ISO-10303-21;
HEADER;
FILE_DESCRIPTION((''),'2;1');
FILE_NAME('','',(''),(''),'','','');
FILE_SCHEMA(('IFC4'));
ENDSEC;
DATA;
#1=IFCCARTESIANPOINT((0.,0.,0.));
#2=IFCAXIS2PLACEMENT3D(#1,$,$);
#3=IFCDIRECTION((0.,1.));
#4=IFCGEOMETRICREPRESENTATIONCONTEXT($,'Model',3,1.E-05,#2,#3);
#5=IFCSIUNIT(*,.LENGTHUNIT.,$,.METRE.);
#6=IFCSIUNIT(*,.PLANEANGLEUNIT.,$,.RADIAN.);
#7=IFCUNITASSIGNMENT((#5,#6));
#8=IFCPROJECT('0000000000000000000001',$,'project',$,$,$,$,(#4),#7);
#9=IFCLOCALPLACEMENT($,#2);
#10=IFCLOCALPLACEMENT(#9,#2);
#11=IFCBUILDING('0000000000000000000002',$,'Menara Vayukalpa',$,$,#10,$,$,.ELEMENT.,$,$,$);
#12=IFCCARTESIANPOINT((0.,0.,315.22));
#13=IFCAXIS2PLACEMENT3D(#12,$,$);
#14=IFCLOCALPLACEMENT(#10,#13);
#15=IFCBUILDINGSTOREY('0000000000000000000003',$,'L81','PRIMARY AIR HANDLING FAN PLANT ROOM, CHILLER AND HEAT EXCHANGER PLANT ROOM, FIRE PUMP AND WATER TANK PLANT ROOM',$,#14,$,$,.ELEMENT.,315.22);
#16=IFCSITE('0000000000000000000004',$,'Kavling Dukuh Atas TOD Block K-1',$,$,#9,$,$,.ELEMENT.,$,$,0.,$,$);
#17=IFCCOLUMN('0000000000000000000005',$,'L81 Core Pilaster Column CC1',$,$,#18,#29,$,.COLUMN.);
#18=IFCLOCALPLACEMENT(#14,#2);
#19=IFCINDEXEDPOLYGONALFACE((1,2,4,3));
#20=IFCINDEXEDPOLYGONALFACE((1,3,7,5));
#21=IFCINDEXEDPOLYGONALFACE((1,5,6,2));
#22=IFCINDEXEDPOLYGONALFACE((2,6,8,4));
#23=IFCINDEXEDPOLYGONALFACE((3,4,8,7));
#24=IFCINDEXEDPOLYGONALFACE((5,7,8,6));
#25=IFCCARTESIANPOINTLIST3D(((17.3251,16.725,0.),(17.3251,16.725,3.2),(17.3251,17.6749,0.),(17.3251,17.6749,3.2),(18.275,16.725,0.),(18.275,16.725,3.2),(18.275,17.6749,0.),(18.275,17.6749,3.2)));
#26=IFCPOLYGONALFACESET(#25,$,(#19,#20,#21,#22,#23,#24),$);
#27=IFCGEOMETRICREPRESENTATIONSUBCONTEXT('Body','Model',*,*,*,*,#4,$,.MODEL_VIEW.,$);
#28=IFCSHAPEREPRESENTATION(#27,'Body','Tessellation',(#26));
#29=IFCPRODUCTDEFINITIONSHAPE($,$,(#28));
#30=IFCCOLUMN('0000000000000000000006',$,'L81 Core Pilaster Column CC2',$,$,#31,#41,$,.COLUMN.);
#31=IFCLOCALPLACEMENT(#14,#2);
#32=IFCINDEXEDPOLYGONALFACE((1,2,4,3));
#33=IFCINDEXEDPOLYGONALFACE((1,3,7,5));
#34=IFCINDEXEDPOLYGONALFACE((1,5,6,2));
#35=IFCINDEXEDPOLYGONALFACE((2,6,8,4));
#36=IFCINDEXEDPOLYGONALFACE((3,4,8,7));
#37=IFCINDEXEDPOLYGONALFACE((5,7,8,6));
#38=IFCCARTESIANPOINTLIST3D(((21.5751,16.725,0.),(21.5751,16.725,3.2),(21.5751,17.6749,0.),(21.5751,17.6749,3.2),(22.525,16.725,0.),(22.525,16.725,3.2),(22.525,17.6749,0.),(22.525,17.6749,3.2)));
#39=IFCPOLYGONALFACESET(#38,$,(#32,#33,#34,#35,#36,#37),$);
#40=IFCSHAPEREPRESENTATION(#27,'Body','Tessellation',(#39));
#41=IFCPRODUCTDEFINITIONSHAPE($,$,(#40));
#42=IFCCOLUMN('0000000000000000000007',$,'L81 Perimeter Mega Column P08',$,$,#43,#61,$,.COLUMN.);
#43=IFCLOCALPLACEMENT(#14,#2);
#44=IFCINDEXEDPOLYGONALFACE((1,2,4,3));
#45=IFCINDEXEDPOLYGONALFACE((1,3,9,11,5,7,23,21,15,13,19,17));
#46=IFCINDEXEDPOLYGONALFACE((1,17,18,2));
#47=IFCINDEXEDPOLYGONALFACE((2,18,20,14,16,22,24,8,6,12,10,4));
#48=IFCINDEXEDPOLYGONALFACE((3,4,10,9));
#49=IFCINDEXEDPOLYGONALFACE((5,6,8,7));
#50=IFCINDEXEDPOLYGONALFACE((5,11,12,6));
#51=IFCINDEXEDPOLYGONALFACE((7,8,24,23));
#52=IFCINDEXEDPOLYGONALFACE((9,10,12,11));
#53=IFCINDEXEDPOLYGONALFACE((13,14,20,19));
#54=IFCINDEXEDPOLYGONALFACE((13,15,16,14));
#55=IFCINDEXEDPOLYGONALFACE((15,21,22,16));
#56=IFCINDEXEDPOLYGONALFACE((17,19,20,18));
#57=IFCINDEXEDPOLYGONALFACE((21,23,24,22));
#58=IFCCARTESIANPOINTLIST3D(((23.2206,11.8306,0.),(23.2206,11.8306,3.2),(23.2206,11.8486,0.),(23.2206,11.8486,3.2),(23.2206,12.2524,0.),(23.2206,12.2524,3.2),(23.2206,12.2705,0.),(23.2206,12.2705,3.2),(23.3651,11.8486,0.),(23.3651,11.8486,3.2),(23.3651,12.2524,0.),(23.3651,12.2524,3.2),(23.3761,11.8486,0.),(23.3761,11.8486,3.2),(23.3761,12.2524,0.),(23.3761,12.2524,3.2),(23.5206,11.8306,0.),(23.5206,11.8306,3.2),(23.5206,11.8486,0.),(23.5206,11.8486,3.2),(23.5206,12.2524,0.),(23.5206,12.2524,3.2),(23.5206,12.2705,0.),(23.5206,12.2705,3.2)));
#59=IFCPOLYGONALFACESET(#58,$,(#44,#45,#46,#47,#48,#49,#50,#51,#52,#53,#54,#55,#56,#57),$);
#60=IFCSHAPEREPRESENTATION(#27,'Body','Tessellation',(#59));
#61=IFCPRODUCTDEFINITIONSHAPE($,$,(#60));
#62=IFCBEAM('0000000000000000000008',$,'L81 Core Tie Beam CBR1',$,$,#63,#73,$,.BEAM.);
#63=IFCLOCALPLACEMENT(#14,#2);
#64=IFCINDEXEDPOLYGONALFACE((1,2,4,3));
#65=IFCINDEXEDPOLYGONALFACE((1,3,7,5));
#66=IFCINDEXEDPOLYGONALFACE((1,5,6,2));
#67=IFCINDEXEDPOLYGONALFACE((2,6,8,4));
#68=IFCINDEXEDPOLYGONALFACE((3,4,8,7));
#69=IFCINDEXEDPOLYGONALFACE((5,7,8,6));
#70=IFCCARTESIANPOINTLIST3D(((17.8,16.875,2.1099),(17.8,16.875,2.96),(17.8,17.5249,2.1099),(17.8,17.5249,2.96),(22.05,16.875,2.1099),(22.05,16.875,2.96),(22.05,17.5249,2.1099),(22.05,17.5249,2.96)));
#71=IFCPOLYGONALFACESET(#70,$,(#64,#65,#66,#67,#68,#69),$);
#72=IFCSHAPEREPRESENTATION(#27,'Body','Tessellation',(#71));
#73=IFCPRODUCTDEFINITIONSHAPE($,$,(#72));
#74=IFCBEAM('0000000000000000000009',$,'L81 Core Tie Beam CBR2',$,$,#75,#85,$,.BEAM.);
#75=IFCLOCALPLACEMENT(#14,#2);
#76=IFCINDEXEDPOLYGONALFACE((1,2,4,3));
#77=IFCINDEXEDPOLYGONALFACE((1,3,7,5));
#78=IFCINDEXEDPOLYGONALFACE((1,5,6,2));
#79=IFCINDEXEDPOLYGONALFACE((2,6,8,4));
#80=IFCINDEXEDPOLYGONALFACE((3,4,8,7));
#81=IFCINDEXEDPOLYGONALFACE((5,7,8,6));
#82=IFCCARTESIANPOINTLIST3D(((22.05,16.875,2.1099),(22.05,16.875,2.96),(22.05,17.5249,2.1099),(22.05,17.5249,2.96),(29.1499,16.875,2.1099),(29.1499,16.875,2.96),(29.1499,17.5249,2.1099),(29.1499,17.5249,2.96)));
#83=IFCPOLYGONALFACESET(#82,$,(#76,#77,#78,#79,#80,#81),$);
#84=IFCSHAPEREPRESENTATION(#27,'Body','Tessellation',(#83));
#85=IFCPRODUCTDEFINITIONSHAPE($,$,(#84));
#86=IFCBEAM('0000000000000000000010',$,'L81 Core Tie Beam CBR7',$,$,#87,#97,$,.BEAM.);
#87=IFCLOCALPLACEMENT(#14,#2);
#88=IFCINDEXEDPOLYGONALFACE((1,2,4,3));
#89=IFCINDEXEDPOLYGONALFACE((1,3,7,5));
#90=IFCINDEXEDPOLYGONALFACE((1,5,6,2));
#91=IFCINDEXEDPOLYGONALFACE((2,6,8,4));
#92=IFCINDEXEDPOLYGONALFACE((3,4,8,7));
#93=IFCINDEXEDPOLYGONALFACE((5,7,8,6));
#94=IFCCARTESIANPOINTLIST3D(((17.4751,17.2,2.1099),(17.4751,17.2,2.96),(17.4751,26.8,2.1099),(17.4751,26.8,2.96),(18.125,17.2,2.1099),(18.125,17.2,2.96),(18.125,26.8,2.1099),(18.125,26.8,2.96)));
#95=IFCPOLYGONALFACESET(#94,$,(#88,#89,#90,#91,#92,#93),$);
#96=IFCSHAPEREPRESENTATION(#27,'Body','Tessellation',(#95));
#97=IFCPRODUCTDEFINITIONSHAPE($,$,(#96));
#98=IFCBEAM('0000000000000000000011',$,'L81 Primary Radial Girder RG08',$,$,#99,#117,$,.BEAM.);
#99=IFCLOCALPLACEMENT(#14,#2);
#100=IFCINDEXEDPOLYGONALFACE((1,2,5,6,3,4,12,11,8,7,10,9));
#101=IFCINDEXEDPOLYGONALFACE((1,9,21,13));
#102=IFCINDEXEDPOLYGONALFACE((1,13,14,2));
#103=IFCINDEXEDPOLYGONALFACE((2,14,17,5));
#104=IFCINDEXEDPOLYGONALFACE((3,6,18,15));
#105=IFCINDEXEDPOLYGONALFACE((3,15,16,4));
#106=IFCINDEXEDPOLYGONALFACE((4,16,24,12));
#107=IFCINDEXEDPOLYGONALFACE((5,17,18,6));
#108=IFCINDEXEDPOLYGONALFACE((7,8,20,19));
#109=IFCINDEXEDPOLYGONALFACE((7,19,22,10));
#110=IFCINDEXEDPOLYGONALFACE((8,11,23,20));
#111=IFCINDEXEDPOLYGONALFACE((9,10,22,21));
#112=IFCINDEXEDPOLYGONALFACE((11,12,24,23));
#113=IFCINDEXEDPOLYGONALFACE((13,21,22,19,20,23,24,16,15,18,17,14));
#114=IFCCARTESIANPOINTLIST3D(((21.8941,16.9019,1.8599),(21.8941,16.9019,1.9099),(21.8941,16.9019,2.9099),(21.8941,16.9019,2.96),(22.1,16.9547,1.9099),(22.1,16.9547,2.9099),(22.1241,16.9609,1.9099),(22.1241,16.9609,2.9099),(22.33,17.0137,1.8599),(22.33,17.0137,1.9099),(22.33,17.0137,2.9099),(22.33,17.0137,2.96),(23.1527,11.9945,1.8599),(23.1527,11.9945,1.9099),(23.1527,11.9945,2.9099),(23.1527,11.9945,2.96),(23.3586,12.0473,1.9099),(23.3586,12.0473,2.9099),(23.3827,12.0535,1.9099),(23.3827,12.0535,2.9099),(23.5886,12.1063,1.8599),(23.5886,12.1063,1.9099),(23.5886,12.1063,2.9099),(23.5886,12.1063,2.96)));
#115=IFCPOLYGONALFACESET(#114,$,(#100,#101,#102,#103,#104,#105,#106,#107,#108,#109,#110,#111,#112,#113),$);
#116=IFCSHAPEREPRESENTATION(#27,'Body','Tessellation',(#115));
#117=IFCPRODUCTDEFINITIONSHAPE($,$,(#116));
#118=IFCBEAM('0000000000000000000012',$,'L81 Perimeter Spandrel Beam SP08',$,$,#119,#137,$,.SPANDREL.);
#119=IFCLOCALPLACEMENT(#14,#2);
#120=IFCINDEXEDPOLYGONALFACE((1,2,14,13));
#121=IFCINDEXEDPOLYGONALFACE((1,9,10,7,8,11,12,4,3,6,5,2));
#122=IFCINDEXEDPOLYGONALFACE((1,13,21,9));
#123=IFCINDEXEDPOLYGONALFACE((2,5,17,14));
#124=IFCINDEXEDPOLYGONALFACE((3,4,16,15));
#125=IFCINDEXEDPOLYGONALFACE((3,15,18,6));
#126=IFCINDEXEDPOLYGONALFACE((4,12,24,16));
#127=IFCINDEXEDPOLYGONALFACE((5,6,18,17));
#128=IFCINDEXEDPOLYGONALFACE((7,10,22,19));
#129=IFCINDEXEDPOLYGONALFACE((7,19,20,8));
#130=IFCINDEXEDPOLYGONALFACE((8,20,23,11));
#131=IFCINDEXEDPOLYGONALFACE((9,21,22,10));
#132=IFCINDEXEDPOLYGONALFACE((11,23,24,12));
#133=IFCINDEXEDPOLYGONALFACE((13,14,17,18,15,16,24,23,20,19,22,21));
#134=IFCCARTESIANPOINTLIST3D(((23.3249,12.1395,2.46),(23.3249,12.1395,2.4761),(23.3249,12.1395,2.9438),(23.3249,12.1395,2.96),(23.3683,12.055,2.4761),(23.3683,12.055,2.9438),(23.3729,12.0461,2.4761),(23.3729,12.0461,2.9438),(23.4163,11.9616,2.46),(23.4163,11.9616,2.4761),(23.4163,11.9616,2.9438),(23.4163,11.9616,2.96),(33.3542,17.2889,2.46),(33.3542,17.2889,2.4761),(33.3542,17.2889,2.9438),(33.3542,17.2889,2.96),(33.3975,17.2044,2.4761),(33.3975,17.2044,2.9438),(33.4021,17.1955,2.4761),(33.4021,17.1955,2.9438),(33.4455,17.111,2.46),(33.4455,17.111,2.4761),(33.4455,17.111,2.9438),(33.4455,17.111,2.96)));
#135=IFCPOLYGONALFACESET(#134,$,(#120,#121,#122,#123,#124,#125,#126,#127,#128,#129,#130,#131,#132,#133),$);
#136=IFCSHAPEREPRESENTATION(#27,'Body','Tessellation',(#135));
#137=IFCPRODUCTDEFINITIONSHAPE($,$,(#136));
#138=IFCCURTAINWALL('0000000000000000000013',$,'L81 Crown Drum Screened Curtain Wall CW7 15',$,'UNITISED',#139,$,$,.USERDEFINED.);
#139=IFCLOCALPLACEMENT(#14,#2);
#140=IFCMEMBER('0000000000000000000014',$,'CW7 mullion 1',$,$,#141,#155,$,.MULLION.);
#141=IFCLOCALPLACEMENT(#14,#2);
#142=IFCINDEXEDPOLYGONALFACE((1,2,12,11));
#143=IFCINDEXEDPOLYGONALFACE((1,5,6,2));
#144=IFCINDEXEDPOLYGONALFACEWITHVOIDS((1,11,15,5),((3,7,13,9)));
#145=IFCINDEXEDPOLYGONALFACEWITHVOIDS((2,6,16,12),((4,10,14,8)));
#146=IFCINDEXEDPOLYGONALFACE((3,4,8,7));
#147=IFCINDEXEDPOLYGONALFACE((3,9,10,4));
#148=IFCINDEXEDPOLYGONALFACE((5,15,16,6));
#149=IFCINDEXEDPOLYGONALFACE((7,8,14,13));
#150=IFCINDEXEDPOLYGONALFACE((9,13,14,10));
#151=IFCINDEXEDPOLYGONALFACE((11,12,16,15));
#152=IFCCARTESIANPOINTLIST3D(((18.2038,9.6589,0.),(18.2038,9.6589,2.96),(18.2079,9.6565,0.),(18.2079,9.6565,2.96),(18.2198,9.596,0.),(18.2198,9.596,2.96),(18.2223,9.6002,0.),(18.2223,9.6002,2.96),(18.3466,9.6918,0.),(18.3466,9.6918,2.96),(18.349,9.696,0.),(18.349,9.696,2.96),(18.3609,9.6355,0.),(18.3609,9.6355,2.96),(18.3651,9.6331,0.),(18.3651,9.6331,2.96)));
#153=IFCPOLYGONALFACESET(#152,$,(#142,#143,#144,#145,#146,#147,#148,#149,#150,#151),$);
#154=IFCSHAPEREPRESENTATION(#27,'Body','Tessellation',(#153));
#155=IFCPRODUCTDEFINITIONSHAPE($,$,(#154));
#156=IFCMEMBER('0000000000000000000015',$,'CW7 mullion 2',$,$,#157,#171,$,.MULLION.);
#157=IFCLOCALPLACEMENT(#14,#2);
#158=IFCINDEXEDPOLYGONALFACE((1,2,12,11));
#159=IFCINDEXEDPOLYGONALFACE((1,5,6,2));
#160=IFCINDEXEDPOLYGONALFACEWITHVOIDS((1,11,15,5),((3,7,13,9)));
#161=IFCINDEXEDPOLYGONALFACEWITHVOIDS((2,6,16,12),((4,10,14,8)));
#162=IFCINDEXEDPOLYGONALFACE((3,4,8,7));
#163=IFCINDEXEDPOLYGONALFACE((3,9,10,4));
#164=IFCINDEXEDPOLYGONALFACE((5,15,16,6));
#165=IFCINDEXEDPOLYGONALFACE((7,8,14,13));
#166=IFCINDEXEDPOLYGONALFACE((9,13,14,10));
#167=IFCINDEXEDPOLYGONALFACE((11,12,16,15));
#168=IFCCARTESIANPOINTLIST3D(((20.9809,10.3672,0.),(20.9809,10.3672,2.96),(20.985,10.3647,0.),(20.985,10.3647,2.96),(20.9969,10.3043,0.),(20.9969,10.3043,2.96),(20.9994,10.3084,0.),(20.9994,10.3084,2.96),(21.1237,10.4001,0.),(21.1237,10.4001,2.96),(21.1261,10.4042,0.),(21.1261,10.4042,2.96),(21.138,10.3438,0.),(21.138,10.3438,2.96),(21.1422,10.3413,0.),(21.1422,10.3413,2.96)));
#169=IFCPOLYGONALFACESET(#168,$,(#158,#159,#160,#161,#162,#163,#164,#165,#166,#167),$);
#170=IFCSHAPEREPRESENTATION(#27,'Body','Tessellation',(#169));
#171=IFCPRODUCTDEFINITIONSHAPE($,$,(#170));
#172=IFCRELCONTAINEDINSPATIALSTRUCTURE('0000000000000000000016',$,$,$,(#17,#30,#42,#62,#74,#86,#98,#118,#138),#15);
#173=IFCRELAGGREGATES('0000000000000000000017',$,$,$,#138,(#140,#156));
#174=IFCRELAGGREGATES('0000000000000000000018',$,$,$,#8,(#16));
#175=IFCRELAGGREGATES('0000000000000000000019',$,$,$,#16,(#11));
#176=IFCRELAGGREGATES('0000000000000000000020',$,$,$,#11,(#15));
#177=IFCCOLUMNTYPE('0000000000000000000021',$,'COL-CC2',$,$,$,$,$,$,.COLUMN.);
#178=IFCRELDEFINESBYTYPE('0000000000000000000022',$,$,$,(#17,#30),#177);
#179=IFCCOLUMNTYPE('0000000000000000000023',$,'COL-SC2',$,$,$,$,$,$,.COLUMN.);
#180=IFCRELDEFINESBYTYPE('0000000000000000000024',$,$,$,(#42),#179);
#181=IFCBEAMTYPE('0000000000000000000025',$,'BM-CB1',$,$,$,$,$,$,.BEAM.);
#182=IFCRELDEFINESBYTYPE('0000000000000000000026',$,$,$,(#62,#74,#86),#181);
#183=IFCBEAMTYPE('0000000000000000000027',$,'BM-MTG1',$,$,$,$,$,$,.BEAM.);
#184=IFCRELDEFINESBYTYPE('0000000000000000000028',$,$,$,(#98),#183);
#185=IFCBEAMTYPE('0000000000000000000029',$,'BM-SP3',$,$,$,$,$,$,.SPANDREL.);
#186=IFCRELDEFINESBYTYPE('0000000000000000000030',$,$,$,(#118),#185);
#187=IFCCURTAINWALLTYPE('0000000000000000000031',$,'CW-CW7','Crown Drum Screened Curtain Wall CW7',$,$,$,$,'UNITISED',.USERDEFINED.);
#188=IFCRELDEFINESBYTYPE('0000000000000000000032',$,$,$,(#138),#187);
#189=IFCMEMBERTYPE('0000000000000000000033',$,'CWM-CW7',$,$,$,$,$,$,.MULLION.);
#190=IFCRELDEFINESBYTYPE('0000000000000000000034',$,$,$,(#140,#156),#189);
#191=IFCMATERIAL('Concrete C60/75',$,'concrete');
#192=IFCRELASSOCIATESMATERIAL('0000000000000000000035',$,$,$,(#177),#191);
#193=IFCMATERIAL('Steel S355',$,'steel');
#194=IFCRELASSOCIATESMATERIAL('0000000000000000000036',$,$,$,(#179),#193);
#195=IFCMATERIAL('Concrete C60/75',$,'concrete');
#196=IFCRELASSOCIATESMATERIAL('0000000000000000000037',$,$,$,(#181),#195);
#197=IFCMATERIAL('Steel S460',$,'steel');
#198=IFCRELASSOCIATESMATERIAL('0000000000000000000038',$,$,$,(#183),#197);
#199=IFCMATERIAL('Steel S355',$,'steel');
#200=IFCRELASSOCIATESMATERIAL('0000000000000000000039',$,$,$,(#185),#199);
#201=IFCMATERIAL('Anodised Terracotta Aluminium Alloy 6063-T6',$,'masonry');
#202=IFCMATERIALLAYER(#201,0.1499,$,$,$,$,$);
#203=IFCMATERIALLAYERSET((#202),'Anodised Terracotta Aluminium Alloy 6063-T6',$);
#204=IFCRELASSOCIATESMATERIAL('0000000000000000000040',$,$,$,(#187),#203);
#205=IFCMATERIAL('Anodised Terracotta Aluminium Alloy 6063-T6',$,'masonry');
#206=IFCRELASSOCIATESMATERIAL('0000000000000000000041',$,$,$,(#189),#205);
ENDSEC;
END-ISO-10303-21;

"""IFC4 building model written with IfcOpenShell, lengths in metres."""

from ifc_helpers import new_model, si_unit, direction, frame, origin, origin_2d, place, context, subcontext, project, spatial, rectangle, hollow_rectangle, i_section, extrude, material, layer, layer_set, material_profile, profile_set, type_object, element, aggregate, save


model = new_model("IFC4")

# Units and contexts
model_context = context("Model", 3, precision=1e-05, world=origin(), true_north=direction((0.0, 1.0)))
body_context = subcontext(model_context, "Body", "Model", "MODEL_VIEW")
ifc_project = project(units=[si_unit("LENGTHUNIT", "METRE"), si_unit("PLANEANGLEUNIT", "RADIAN")], contexts=[model_context])

# Site, building, storey
site_placement = place(None, origin())
site = spatial("IfcSite", under=ifc_project, at=site_placement, Name="Kavling Dukuh Atas TOD Block K-1", CompositionType="ELEMENT", RefElevation=0.0)
building_placement = place(site_placement, origin())
building = spatial("IfcBuilding", under=site, at=building_placement, Name="Menara Vayukalpa", CompositionType="ELEMENT")
storey_placement = place(building_placement, frame((0.0, 0.0, 315.22)))
storey = spatial("IfcBuildingStorey", under=building, at=storey_placement, Name="L81", Description="PRIMARY AIR HANDLING FAN PLANT ROOM, CHILLER AND HEAT EXCHANGER PLANT ROOM, FIRE PUMP AND WATER TANK PLANT ROOM", CompositionType="ELEMENT", Elevation=315.22)

# Columns
ifc_material_1 = material(Name="Concrete C60/75", Category="concrete")
ifc_material_profile_1 = material_profile(ifc_material_1, rectangle(XDim=0.95, YDim=0.95, at=origin_2d()), Name="RC 950x950")
ifc_profile_set_1 = profile_set([ifc_material_profile_1], Name="Concrete C60/75")
column_type_1 = type_object("IfcColumnType", Name="COL-CC2", PredefinedType="COLUMN", material=ifc_profile_set_1)
for number, where, z_axis, x_axis, name in (
    (1, (17.8, 17.2, 0.0), (0.0, 0.0, 1.0), (1.0, 0.0, 0.0), "L81 Core Pilaster Column CC1"),
    (2, (22.05, 17.2, 0.0), (0.0, 0.0, 1.0), (1.0, 0.0, 0.0), "L81 Core Pilaster Column CC2"),
):
    element("IfcColumn", number, at=place(storey_placement, frame(where, z_axis=z_axis, x_axis=x_axis)), inside=storey, type_object=column_type_1, Name=name, PredefinedType="COLUMN", context=body_context, shape_type="SweptSolid", body=[
        extrude(rectangle(XDim=0.95, YDim=0.95, at=origin_2d()), origin(), (0.0, 0.0, 1.0), 3.2),
    ])
ifc_material_2 = material(Name="Steel S355", Category="steel")
ifc_material_profile_2 = material_profile(ifc_material_2, i_section(OverallWidth=0.3, OverallDepth=0.4399, WebThickness=0.011, FlangeThickness=0.0181, at=origin_2d()), Name="H 440x300x11x18")
ifc_profile_set_2 = profile_set([ifc_material_profile_2], Name="Steel S355")
column_type_2 = type_object("IfcColumnType", Name="COL-SC2", PredefinedType="COLUMN", material=ifc_profile_set_2)
column_placement = place(storey_placement, frame((23.3706, 12.0505, 0.0), z_axis=(0.0, 0.0, 1.0), x_axis=(1.0, 0.0, 0.0)))
element("IfcColumn", 3, at=column_placement, inside=storey, type_object=column_type_2, Name="L81 Perimeter Mega Column P08", PredefinedType="COLUMN", context=body_context, shape_type="SweptSolid", body=[
    extrude(i_section(OverallWidth=0.3, OverallDepth=0.4399, WebThickness=0.011, FlangeThickness=0.0181, at=origin_2d()), origin(), (0.0, 0.0, 1.0), 3.2),
])

# Beams
ifc_material_3 = material(Name="Concrete C60/75", Category="concrete")
ifc_material_profile_3 = material_profile(ifc_material_3, rectangle(XDim=0.6499, YDim=0.8501, at=origin_2d()), Name="RC 650x850")
ifc_profile_set_3 = profile_set([ifc_material_profile_3], Name="Concrete C60/75")
beam_type_1 = type_object("IfcBeamType", Name="BM-CB1", PredefinedType="BEAM", material=ifc_profile_set_3)
beam_1_placement = place(storey_placement, frame((17.8, 17.2, 2.5349), z_axis=(1.0, 0.0, 0.0), x_axis=(0.0, 1.0, 0.0)))
element("IfcBeam", 4, at=beam_1_placement, inside=storey, type_object=beam_type_1, Name="L81 Core Tie Beam CBR1", PredefinedType="BEAM", context=body_context, shape_type="SweptSolid", body=[
    extrude(rectangle(XDim=0.6499, YDim=0.8501, at=origin_2d()), origin(), (0.0, 0.0, 1.0), 4.25),
])
beam_2_placement = place(storey_placement, frame((22.05, 17.2, 2.5349), z_axis=(1.0, 0.0, 0.0), x_axis=(0.0, 1.0, 0.0)))
element("IfcBeam", 5, at=beam_2_placement, inside=storey, type_object=beam_type_1, Name="L81 Core Tie Beam CBR2", PredefinedType="BEAM", context=body_context, shape_type="SweptSolid", body=[
    extrude(rectangle(XDim=0.6499, YDim=0.8501, at=origin_2d()), origin(), (0.0, 0.0, 1.0), 7.0999),
])
beam_3_placement = place(storey_placement, frame((17.8, 17.2, 2.5349), z_axis=(0.0, 1.0, 0.0), x_axis=(-1.0, 0.0, 0.0)))
element("IfcBeam", 6, at=beam_3_placement, inside=storey, type_object=beam_type_1, Name="L81 Core Tie Beam CBR7", PredefinedType="BEAM", context=body_context, shape_type="SweptSolid", body=[
    extrude(rectangle(XDim=0.6499, YDim=0.8501, at=origin_2d()), origin(), (0.0, 0.0, 1.0), 9.6001),
])
ifc_material_4 = material(Name="Steel S460", Category="steel")
ifc_material_profile_4 = material_profile(ifc_material_4, i_section(OverallWidth=0.45, OverallDepth=1.1001, WebThickness=0.0249, FlangeThickness=0.05, at=origin_2d()), Name="WG 1100x450x25x50")
ifc_profile_set_4 = profile_set([ifc_material_profile_4], Name="Steel S460")
beam_type_2 = type_object("IfcBeamType", Name="BM-MTG1", PredefinedType="BEAM", material=ifc_profile_set_4)
beam_4_placement = place(storey_placement, frame((22.1121, 16.9578, 2.4099), z_axis=(0.248428, -0.96865, 0.0), x_axis=(0.96865, 0.248428, 0.0)))
element("IfcBeam", 7, at=beam_4_placement, inside=storey, type_object=beam_type_2, Name="L81 Primary Radial Girder RG08", PredefinedType="BEAM", context=body_context, shape_type="SweptSolid", body=[
    extrude(i_section(OverallWidth=0.45, OverallDepth=1.1001, WebThickness=0.0249, FlangeThickness=0.05, at=origin_2d()), origin(), (0.0, 0.0, 1.0), 5.0662),
])
ifc_material_5 = material(Name="Steel S355", Category="steel")
ifc_material_profile_5 = material_profile(ifc_material_5, i_section(OverallWidth=0.2, OverallDepth=0.5, WebThickness=0.01, FlangeThickness=0.0161, at=origin_2d()), Name="WF 500x200x10x16")
ifc_profile_set_5 = profile_set([ifc_material_profile_5], Name="Steel S355")
beam_type_3 = type_object("IfcBeamType", Name="BM-SP3", PredefinedType="SPANDREL", material=ifc_profile_set_5)
beam_5_placement = place(storey_placement, frame((23.3706, 12.0505, 2.71), z_axis=(0.889595, 0.456751, 0.0), x_axis=(-0.456751, 0.889595, 0.0)))
element("IfcBeam", 8, at=beam_5_placement, inside=storey, type_object=beam_type_3, Name="L81 Perimeter Spandrel Beam SP08", PredefinedType="SPANDREL", context=body_context, shape_type="SweptSolid", body=[
    extrude(i_section(OverallWidth=0.2, OverallDepth=0.5, WebThickness=0.01, FlangeThickness=0.0161, at=origin_2d()), origin(), (0.0, 0.0, 1.0), 11.2739),
])

# Curtain wall, members
ifc_material_6 = material(Name="Anodised Terracotta Aluminium Alloy 6063-T6", Category="masonry")
ifc_layer_1 = layer(ifc_material_6, 0.1499)
ifc_layer_set_1 = layer_set([ifc_layer_1], Name="Anodised Terracotta Aluminium Alloy 6063-T6")
curtain_wall_type = type_object("IfcCurtainWallType", Name="CW-CW7", Description="Crown Drum Screened Curtain Wall CW7", ElementType="UNITISED", PredefinedType="USERDEFINED", material=ifc_layer_set_1)
curtain_wall_placement = place(storey_placement, origin())
curtain_wall = element("IfcCurtainWall", 9, at=curtain_wall_placement, inside=storey, type_object=curtain_wall_type, Name="L81 Crown Drum Screened Curtain Wall CW7 15", ObjectType="UNITISED", PredefinedType="USERDEFINED")
ifc_material_7 = material(Name="Anodised Terracotta Aluminium Alloy 6063-T6", Category="masonry")
ifc_material_profile_6 = material_profile(ifc_material_7, hollow_rectangle(XDim=0.0649, YDim=0.1499, WallThickness=0.0034, at=origin_2d()), Name="ALU 65x150x3.5")
ifc_profile_set_6 = profile_set([ifc_material_profile_6], Name="Anodised Terracotta Aluminium Alloy 6063-T6")
member_type_1 = type_object("IfcMemberType", Name="CWM-CW7", PredefinedType="MULLION", material=ifc_profile_set_6)
member_1_placement = place(storey_placement, frame((18.2844, 9.646, 0.0), z_axis=(0.0, 0.0, 1.0), x_axis=(-0.247124, 0.968984, 0.0)))
member_1 = element("IfcMember", 10, at=member_1_placement, type_object=member_type_1, Name="CW7 mullion 1", PredefinedType="MULLION", context=body_context, shape_type="SweptSolid", body=[
    extrude(hollow_rectangle(XDim=0.0649, YDim=0.1499, WallThickness=0.0034, at=origin_2d()), origin(), (0.0, 0.0, 1.0), 2.96),
])
member_2_placement = place(storey_placement, frame((21.0615, 10.3542, 0.0), z_axis=(0.0, 0.0, 1.0), x_axis=(-0.247124, 0.968984, 0.0)))
member_2 = element("IfcMember", 11, at=member_2_placement, type_object=member_type_1, Name="CW7 mullion 2", PredefinedType="MULLION", context=body_context, shape_type="SweptSolid", body=[
    extrude(hollow_rectangle(XDim=0.0649, YDim=0.1499, WallThickness=0.0034, at=origin_2d()), origin(), (0.0, 0.0, 1.0), 2.96),
])
aggregate(curtain_wall, [member_1, member_2])

save(model, "model.ifc")
